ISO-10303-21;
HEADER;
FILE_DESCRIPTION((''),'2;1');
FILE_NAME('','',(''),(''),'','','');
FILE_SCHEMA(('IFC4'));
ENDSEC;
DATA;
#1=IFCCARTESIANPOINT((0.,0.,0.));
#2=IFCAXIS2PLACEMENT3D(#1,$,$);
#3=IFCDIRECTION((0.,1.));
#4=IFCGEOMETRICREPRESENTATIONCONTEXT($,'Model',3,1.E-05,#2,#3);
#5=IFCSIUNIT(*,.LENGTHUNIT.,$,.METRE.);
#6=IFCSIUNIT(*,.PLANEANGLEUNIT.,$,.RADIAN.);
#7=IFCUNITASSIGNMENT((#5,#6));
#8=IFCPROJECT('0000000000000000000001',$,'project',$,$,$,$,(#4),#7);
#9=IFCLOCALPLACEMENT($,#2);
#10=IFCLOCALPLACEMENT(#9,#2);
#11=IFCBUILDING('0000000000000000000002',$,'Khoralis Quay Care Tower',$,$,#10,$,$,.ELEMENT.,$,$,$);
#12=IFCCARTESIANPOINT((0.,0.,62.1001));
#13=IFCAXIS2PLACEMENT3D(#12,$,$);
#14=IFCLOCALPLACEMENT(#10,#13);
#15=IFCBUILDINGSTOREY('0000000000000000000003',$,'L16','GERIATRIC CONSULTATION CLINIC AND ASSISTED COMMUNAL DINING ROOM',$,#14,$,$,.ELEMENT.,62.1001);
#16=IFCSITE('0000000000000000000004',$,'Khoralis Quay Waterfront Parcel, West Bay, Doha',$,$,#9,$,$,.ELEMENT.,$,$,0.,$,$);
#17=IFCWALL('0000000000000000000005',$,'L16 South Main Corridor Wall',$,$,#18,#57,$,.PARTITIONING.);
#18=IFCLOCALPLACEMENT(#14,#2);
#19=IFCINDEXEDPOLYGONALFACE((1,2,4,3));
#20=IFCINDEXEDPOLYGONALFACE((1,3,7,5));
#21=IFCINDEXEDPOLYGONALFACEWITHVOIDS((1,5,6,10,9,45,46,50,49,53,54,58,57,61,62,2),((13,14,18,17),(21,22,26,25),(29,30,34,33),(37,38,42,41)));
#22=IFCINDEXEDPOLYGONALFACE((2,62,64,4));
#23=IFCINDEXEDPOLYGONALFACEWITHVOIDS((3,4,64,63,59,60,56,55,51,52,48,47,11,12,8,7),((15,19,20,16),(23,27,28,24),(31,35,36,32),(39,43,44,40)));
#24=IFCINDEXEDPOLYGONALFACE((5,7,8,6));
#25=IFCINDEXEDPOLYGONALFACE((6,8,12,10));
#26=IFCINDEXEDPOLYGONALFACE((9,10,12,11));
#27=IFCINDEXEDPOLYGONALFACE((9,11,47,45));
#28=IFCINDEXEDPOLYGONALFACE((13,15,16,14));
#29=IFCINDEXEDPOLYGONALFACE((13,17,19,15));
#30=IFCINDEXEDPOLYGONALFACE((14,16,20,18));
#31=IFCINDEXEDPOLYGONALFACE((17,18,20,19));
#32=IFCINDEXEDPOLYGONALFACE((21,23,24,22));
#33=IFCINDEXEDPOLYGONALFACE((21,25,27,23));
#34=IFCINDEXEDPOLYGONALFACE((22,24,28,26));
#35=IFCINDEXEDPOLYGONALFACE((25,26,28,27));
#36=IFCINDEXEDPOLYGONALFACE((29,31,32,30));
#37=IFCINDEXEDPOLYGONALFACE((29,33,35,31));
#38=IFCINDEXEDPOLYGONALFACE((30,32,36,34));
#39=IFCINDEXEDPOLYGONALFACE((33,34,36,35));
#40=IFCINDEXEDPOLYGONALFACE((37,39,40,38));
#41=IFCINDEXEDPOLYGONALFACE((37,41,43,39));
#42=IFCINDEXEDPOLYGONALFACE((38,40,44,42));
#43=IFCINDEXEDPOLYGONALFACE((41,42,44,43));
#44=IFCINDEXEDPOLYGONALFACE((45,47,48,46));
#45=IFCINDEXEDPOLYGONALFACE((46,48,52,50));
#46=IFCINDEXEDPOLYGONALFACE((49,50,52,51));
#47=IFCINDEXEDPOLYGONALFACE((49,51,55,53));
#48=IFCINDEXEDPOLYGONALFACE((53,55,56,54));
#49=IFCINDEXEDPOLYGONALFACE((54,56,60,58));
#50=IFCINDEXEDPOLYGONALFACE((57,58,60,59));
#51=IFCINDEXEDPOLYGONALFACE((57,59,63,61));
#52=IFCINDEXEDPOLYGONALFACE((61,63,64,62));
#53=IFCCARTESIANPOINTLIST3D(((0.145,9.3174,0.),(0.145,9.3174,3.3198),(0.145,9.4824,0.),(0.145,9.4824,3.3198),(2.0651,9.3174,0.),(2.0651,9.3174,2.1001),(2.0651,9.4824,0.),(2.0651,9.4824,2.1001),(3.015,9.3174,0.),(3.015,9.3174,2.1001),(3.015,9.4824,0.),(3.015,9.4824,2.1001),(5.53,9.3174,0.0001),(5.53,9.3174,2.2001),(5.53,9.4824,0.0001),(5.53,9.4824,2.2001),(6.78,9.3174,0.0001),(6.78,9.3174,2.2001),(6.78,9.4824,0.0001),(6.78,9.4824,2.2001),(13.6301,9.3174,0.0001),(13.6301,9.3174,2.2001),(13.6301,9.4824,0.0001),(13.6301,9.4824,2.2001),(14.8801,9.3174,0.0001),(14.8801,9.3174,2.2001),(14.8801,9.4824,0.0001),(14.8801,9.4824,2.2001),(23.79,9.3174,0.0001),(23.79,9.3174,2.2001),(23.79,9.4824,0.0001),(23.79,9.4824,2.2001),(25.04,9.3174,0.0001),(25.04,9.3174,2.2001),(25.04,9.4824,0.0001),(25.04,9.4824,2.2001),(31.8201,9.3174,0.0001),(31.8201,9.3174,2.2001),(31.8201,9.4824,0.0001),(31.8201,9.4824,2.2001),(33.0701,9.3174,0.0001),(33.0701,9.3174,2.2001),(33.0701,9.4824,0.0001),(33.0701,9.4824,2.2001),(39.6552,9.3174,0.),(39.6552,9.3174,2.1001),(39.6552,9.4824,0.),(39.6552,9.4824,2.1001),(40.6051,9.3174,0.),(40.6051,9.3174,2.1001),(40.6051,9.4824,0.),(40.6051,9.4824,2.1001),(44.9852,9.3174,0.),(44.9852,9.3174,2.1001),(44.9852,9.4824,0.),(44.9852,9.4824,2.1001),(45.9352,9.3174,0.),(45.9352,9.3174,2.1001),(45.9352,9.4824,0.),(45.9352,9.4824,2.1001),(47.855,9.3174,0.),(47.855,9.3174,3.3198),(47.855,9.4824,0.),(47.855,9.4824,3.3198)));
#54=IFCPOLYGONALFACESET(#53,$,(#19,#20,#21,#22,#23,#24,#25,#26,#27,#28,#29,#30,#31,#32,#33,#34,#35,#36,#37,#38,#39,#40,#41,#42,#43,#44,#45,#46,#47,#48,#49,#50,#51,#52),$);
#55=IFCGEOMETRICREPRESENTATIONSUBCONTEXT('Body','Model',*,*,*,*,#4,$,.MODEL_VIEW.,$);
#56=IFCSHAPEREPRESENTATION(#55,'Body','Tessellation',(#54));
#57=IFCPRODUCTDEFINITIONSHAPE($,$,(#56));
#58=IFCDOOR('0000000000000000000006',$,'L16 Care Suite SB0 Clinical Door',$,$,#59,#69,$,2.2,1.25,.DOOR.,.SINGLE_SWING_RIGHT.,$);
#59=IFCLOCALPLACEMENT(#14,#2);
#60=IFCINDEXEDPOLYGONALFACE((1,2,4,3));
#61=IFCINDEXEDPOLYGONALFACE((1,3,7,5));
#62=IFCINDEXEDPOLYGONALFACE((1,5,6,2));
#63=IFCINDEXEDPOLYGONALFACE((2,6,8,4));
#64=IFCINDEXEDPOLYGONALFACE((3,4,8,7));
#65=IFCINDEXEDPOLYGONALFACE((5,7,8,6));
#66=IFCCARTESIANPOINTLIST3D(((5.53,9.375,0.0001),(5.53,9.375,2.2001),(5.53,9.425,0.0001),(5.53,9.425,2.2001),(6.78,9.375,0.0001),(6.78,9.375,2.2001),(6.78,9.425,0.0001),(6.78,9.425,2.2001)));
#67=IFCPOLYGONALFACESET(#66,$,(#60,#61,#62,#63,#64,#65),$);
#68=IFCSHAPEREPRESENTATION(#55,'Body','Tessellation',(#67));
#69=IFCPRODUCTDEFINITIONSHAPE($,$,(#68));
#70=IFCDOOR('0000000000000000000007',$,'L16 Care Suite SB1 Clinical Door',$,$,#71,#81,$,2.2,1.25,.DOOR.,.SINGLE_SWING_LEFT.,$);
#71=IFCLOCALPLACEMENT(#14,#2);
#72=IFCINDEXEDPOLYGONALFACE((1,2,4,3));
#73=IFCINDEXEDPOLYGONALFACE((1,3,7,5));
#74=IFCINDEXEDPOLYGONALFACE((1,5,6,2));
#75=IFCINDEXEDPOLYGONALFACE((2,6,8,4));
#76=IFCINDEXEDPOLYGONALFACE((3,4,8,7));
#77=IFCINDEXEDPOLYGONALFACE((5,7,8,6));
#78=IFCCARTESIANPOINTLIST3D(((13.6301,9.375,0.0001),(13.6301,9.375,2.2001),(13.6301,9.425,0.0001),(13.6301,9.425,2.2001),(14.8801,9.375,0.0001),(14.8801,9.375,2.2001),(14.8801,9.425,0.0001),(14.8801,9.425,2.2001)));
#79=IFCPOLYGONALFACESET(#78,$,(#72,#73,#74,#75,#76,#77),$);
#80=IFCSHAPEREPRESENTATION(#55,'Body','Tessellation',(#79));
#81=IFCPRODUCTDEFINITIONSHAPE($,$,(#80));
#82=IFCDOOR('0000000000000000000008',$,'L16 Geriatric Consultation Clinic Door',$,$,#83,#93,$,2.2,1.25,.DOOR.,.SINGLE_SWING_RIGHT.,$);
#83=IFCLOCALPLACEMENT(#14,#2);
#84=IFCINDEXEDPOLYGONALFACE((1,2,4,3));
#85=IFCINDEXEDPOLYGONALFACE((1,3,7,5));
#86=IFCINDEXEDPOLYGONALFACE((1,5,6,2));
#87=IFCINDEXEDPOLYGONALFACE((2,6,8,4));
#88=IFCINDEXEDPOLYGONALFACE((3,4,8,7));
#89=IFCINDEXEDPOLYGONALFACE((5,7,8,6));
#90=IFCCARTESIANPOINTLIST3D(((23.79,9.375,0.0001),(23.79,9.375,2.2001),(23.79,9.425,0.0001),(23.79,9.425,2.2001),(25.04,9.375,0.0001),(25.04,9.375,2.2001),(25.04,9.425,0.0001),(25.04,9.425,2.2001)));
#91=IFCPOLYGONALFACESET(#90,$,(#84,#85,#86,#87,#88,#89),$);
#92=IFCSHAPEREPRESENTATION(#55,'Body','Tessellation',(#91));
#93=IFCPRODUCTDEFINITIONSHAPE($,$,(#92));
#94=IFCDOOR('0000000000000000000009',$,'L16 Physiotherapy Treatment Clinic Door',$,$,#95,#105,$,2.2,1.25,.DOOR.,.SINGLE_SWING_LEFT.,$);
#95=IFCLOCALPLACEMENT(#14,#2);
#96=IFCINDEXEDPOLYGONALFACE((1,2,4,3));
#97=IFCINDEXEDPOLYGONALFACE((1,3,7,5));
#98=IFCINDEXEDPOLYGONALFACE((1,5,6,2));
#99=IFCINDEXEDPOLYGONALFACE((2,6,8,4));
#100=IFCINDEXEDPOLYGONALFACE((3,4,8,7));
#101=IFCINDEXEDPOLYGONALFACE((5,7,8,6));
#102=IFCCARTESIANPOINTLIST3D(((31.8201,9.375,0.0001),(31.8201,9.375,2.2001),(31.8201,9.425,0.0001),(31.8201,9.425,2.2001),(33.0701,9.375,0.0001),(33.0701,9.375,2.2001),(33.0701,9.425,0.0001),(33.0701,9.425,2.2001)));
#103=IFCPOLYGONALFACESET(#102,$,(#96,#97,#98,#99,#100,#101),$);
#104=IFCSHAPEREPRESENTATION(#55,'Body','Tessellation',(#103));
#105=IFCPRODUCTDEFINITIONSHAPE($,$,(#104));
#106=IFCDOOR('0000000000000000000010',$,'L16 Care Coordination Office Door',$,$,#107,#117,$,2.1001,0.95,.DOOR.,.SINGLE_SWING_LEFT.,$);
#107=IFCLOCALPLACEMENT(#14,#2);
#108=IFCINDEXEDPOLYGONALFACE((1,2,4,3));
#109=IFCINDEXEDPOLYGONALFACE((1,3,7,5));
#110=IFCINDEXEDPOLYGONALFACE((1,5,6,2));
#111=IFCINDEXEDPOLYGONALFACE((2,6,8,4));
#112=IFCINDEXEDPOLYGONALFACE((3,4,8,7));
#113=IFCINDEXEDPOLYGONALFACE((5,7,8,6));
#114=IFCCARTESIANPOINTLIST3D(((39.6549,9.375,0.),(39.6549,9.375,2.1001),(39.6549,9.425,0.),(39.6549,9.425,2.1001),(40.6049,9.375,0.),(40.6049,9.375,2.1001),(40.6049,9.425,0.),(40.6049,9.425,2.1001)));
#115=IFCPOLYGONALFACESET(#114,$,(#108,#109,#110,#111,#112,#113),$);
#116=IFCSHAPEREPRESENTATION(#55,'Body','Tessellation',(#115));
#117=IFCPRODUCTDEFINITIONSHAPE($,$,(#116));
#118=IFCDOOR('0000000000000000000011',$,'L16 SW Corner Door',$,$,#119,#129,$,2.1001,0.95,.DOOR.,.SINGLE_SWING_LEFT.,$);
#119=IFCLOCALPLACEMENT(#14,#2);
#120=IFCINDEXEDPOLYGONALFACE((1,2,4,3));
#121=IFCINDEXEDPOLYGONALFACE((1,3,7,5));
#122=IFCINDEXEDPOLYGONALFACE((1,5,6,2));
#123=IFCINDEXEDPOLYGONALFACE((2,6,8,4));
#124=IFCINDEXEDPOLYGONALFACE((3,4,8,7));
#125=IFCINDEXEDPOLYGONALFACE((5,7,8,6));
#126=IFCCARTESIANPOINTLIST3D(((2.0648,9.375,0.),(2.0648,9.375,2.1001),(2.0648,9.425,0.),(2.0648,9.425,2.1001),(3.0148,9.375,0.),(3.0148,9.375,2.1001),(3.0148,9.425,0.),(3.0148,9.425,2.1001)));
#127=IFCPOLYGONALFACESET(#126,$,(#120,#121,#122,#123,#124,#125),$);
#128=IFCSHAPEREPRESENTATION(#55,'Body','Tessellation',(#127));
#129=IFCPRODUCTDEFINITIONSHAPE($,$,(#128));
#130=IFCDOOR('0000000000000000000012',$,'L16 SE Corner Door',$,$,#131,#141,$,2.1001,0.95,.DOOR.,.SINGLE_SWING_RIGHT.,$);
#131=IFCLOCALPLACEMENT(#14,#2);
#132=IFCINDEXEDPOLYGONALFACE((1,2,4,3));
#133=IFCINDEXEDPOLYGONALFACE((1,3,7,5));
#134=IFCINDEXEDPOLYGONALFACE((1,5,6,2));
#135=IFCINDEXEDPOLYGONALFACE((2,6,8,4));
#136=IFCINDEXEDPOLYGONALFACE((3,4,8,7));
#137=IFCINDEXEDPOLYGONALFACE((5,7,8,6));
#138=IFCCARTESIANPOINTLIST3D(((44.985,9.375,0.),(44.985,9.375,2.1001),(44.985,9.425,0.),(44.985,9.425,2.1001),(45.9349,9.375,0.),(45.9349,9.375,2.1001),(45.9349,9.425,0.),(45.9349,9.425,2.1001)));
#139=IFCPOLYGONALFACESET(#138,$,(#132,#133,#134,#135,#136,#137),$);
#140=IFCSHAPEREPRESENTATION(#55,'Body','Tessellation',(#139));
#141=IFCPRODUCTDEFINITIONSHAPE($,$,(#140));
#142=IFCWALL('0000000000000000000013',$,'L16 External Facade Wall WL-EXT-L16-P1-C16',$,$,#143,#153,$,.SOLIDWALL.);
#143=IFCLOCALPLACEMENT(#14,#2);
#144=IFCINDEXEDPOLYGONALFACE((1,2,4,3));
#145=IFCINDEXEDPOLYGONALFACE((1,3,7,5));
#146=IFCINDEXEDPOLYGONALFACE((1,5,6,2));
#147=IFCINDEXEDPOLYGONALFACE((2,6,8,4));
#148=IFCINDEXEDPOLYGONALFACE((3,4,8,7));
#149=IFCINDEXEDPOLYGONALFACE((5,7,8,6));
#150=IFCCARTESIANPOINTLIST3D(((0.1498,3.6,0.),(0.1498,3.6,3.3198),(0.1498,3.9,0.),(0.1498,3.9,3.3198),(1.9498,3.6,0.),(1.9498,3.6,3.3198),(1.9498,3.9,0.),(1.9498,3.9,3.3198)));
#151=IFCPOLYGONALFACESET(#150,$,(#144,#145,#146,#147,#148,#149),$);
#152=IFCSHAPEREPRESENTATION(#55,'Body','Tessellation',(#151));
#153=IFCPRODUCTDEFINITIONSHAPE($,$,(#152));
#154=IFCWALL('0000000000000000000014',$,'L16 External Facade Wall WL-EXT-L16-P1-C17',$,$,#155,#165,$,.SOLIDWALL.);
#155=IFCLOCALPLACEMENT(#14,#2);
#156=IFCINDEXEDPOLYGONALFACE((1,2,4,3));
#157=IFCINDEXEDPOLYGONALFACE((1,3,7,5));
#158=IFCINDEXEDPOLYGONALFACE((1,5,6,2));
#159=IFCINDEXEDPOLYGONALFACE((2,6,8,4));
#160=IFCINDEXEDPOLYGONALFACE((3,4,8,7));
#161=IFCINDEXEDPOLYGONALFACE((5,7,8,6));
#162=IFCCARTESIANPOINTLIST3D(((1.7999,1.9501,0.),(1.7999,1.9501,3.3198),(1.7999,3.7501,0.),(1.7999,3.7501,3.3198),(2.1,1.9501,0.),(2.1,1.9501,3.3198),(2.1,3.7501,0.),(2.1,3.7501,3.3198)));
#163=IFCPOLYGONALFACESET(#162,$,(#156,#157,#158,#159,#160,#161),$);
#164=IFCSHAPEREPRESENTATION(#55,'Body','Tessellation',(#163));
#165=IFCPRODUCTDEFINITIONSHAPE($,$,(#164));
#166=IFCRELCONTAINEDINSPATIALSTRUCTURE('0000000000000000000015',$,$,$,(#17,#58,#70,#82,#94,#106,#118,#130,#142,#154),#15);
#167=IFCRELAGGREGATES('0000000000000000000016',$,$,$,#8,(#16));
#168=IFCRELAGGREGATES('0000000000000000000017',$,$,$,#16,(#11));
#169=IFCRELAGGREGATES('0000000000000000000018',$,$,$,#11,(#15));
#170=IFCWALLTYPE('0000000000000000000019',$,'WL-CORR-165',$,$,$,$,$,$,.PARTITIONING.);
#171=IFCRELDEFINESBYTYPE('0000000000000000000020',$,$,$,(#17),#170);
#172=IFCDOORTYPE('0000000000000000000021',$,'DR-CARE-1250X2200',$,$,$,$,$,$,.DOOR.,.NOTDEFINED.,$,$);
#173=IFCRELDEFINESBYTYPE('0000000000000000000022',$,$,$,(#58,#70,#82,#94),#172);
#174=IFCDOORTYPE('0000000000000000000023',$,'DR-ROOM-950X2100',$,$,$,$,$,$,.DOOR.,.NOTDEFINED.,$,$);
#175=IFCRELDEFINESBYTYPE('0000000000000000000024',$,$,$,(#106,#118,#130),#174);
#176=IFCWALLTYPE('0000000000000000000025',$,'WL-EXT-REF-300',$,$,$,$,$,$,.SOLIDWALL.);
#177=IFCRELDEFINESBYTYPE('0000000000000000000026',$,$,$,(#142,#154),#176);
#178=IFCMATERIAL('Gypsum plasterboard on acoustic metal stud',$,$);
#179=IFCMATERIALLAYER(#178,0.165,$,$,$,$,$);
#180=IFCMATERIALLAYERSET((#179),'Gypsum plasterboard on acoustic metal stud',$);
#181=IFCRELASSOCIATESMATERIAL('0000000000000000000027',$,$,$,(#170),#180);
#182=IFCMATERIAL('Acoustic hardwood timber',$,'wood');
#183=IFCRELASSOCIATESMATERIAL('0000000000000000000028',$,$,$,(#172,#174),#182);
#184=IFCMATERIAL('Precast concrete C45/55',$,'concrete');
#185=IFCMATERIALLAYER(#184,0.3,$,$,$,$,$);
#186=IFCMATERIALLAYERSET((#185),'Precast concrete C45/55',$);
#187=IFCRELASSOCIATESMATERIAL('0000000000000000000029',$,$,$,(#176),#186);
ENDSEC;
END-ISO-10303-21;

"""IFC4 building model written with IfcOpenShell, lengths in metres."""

from ifc_helpers import new_model, si_unit, direction, frame, frame_2d, origin, place, context, subcontext, project, spatial, rectangle, extrude, source, transform, mapped, material, layer, layer_set, type_object, element, fill, save


model = new_model("IFC4")

# Units and contexts
model_context = context("Model", 3, precision=1e-05, world=origin(), true_north=direction((0.0, 1.0)))
body_context = subcontext(model_context, "Body", "Model", "MODEL_VIEW")
ifc_project = project(units=[si_unit("LENGTHUNIT", "METRE"), si_unit("PLANEANGLEUNIT", "RADIAN")], contexts=[model_context])

# Site, building, storey
site_placement = place(None, origin())
site = spatial("IfcSite", under=ifc_project, at=site_placement, Name="Khoralis Quay Waterfront Parcel, West Bay, Doha", CompositionType="ELEMENT", RefElevation=0.0)
building_placement = place(site_placement, origin())
building = spatial("IfcBuilding", under=site, at=building_placement, Name="Khoralis Quay Care Tower", CompositionType="ELEMENT")
storey_placement = place(building_placement, frame((0.0, 0.0, 62.1001)))
storey = spatial("IfcBuildingStorey", under=building, at=storey_placement, Name="L16", Description="GERIATRIC CONSULTATION CLINIC AND ASSISTED COMMUNAL DINING ROOM", CompositionType="ELEMENT", Elevation=62.1001)

# Wall, openings, doors
ifc_material_1 = material(Name="Gypsum plasterboard on acoustic metal stud")
ifc_layer_1 = layer(ifc_material_1, 0.165)
ifc_layer_set_1 = layer_set([ifc_layer_1], Name="Gypsum plasterboard on acoustic metal stud")
wall_type_1 = type_object("IfcWallType", Name="WL-CORR-165", PredefinedType="PARTITIONING", material=ifc_layer_set_1)
wall_1_placement = place(storey_placement, frame((0.145, 9.3999, 0.0), z_axis=(0.0, 0.0, 1.0), x_axis=(1.0, 0.0, 0.0)))
wall_1 = element("IfcWall", 1, at=wall_1_placement, inside=storey, type_object=wall_type_1, Name="L16 South Main Corridor Wall", PredefinedType="PARTITIONING", context=body_context, shape_type="SweptSolid", body=[
    extrude(rectangle(XDim=47.71, YDim=0.165, at=frame_2d((23.855, 0.0))), origin(), (0.0, 0.0, 1.0), 3.3198),
])
opening_1_placement = place(wall_1_placement, frame((5.385, 0.0, 0.0)))
opening_1 = element("IfcOpeningElement", 2, at=opening_1_placement, cuts=wall_1, PredefinedType="OPENING", context=body_context, shape_type="SweptSolid", body=[
    extrude(rectangle(XDim=1.25, YDim=2.2, at=frame_2d((0.625, 1.1001))), frame((0.0, 0.0925, 0.0), z_axis=(0.0, -1.0, 0.0), x_axis=(1.0, 0.0, 0.0)), (0.0, 0.0, 1.0), 0.1851),
])
opening_2_placement = place(wall_1_placement, frame((13.4851, 0.0, 0.0)))
opening_2 = element("IfcOpeningElement", 3, at=opening_2_placement, cuts=wall_1, PredefinedType="OPENING", context=body_context, shape_type="SweptSolid", body=[
    extrude(rectangle(XDim=1.25, YDim=2.2, at=frame_2d((0.625, 1.1001))), frame((0.0, 0.0925, 0.0), z_axis=(0.0, -1.0, 0.0), x_axis=(1.0, 0.0, 0.0)), (0.0, 0.0, 1.0), 0.1851),
])
opening_3_placement = place(wall_1_placement, frame((23.645, 0.0, 0.0)))
opening_3 = element("IfcOpeningElement", 4, at=opening_3_placement, cuts=wall_1, PredefinedType="OPENING", context=body_context, shape_type="SweptSolid", body=[
    extrude(rectangle(XDim=1.25, YDim=2.2, at=frame_2d((0.625, 1.1001))), frame((0.0, 0.0925, 0.0), z_axis=(0.0, -1.0, 0.0), x_axis=(1.0, 0.0, 0.0)), (0.0, 0.0, 1.0), 0.1851),
])
opening_4_placement = place(wall_1_placement, frame((31.675, 0.0, 0.0)))
opening_4 = element("IfcOpeningElement", 5, at=opening_4_placement, cuts=wall_1, PredefinedType="OPENING", context=body_context, shape_type="SweptSolid", body=[
    extrude(rectangle(XDim=1.25, YDim=2.2, at=frame_2d((0.625, 1.1001))), frame((0.0, 0.0925, 0.0), z_axis=(0.0, -1.0, 0.0), x_axis=(1.0, 0.0, 0.0)), (0.0, 0.0, 1.0), 0.1851),
])
opening_5_placement = place(wall_1_placement, frame((39.51, 0.0, 0.0)))
opening_5 = element("IfcOpeningElement", 6, at=opening_5_placement, cuts=wall_1, PredefinedType="OPENING", context=body_context, shape_type="SweptSolid", body=[
    extrude(rectangle(XDim=0.95, YDim=2.1001, at=frame_2d((0.4751, 1.05))), frame((0.0, 0.0925, 0.0), z_axis=(0.0, -1.0, 0.0), x_axis=(1.0, 0.0, 0.0)), (0.0, 0.0, 1.0), 0.1851),
])
opening_6_placement = place(wall_1_placement, frame((1.9199, 0.0, 0.0)))
opening_6 = element("IfcOpeningElement", 7, at=opening_6_placement, cuts=wall_1, PredefinedType="OPENING", context=body_context, shape_type="SweptSolid", body=[
    extrude(rectangle(XDim=0.95, YDim=2.1001, at=frame_2d((0.4751, 1.05))), frame((0.0, 0.0925, 0.0), z_axis=(0.0, -1.0, 0.0), x_axis=(1.0, 0.0, 0.0)), (0.0, 0.0, 1.0), 0.1851),
])
opening_7_placement = place(wall_1_placement, frame((44.8401, 0.0, 0.0)))
opening_7 = element("IfcOpeningElement", 8, at=opening_7_placement, cuts=wall_1, PredefinedType="OPENING", context=body_context, shape_type="SweptSolid", body=[
    extrude(rectangle(XDim=0.95, YDim=2.1001, at=frame_2d((0.4751, 1.05))), frame((0.0, 0.0925, 0.0), z_axis=(0.0, -1.0, 0.0), x_axis=(1.0, 0.0, 0.0)), (0.0, 0.0, 1.0), 0.1851),
])
ifc_material_2 = material(Name="Acoustic hardwood timber", Category="wood")
door_type_1 = type_object("IfcDoorType", Name="DR-CARE-1250X2200", OperationType="NOTDEFINED", PredefinedType="DOOR", material=ifc_material_2)
shared_shape_1 = source(origin(), body_context, "Body", "SweptSolid", [
    extrude(rectangle(XDim=1.25, YDim=2.2, at=frame_2d((0.625, 1.1001))), frame((0.0, 0.0249, 0.0), z_axis=(0.0, -1.0, 0.0), x_axis=(1.0, 0.0, 0.0)), (0.0, 0.0, 1.0), 0.05),
])
door_1_placement = place(opening_1_placement, frame((1.25, 0.0, 0.0), z_axis=(0.0, 0.0, 1.0), x_axis=(-1.0, 0.0, 0.0)))
door_1 = element("IfcDoor", 9, at=door_1_placement, inside=storey, type_object=door_type_1, Name="L16 Care Suite SB0 Clinical Door", OperationType="SINGLE_SWING_RIGHT", OverallHeight=2.2, OverallWidth=1.25, PredefinedType="DOOR", context=body_context, shape_type="MappedRepresentation", body=[
    mapped(shared_shape_1, transform((0.0, 0.0, 0.0), scale=1.0)),
])
fill(opening_1, door_1)
door_2_placement = place(opening_2_placement, frame((1.25, 0.0, 0.0), z_axis=(0.0, 0.0, 1.0), x_axis=(-1.0, 0.0, 0.0)))
door_2 = element("IfcDoor", 10, at=door_2_placement, inside=storey, type_object=door_type_1, Name="L16 Care Suite SB1 Clinical Door", OperationType="SINGLE_SWING_LEFT", OverallHeight=2.2, OverallWidth=1.25, PredefinedType="DOOR", context=body_context, shape_type="MappedRepresentation", body=[
    mapped(shared_shape_1, transform((0.0, 0.0, 0.0), scale=1.0)),
])
fill(opening_2, door_2)
door_3_placement = place(opening_3_placement, frame((1.25, 0.0, 0.0), z_axis=(0.0, 0.0, 1.0), x_axis=(-1.0, 0.0, 0.0)))
door_3 = element("IfcDoor", 11, at=door_3_placement, inside=storey, type_object=door_type_1, Name="L16 Geriatric Consultation Clinic Door", OperationType="SINGLE_SWING_RIGHT", OverallHeight=2.2, OverallWidth=1.25, PredefinedType="DOOR", context=body_context, shape_type="MappedRepresentation", body=[
    mapped(shared_shape_1, transform((0.0, 0.0, 0.0), scale=1.0)),
])
fill(opening_3, door_3)
door_4_placement = place(opening_4_placement, frame((1.25, 0.0, 0.0), z_axis=(0.0, 0.0, 1.0), x_axis=(-1.0, 0.0, 0.0)))
door_4 = element("IfcDoor", 12, at=door_4_placement, inside=storey, type_object=door_type_1, Name="L16 Physiotherapy Treatment Clinic Door", OperationType="SINGLE_SWING_LEFT", OverallHeight=2.2, OverallWidth=1.25, PredefinedType="DOOR", context=body_context, shape_type="MappedRepresentation", body=[
    mapped(shared_shape_1, transform((0.0, 0.0, 0.0), scale=1.0)),
])
fill(opening_4, door_4)
door_type_2 = type_object("IfcDoorType", Name="DR-ROOM-950X2100", OperationType="NOTDEFINED", PredefinedType="DOOR", material=ifc_material_2)
shared_shape_2 = source(origin(), body_context, "Body", "SweptSolid", [
    extrude(rectangle(XDim=0.95, YDim=2.1001, at=frame_2d((0.4751, 1.05))), frame((0.0, 0.0249, 0.0), z_axis=(0.0, -1.0, 0.0), x_axis=(1.0, 0.0, 0.0)), (0.0, 0.0, 1.0), 0.05),
])
door_5_placement = place(opening_5_placement, frame((0.95, 0.0, 0.0), z_axis=(0.0, 0.0, 1.0), x_axis=(-1.0, 0.0, 0.0)))
door_5 = element("IfcDoor", 13, at=door_5_placement, inside=storey, type_object=door_type_2, Name="L16 Care Coordination Office Door", OperationType="SINGLE_SWING_LEFT", OverallHeight=2.1001, OverallWidth=0.95, PredefinedType="DOOR", context=body_context, shape_type="MappedRepresentation", body=[
    mapped(shared_shape_2, transform((0.0, 0.0, 0.0), scale=1.0)),
])
fill(opening_5, door_5)
door_6_placement = place(opening_6_placement, frame((0.95, 0.0, 0.0), z_axis=(0.0, 0.0, 1.0), x_axis=(-1.0, 0.0, 0.0)))
door_6 = element("IfcDoor", 14, at=door_6_placement, inside=storey, type_object=door_type_2, Name="L16 SW Corner Door", OperationType="SINGLE_SWING_LEFT", OverallHeight=2.1001, OverallWidth=0.95, PredefinedType="DOOR", context=body_context, shape_type="MappedRepresentation", body=[
    mapped(shared_shape_2, transform((0.0, 0.0, 0.0), scale=1.0)),
])
fill(opening_6, door_6)
door_7_placement = place(opening_7_placement, frame((0.95, 0.0, 0.0), z_axis=(0.0, 0.0, 1.0), x_axis=(-1.0, 0.0, 0.0)))
door_7 = element("IfcDoor", 15, at=door_7_placement, inside=storey, type_object=door_type_2, Name="L16 SE Corner Door", OperationType="SINGLE_SWING_RIGHT", OverallHeight=2.1001, OverallWidth=0.95, PredefinedType="DOOR", context=body_context, shape_type="MappedRepresentation", body=[
    mapped(shared_shape_2, transform((0.0, 0.0, 0.0), scale=1.0)),
])
fill(opening_7, door_7)

# Walls
ifc_material_3 = material(Name="Precast concrete C45/55", Category="concrete")
ifc_layer_2 = layer(ifc_material_3, 0.3)
ifc_layer_set_2 = layer_set([ifc_layer_2], Name="Precast concrete C45/55")
wall_type_2 = type_object("IfcWallType", Name="WL-EXT-REF-300", PredefinedType="SOLIDWALL", material=ifc_layer_set_2)
for number, where, z_axis, x_axis, name in (
    (16, (0.1499, 3.75, 0.0), (0.0, 0.0, 1.0), (1.0, 0.0, 0.0), "L16 External Facade Wall WL-EXT-L16-P1-C16"),
    (17, (1.95, 3.75, 0.0), (0.0, 0.0, 1.0), (0.0, -1.0, 0.0), "L16 External Facade Wall WL-EXT-L16-P1-C17"),
):
    element("IfcWall", number, at=place(storey_placement, frame(where, z_axis=z_axis, x_axis=x_axis)), inside=storey, type_object=wall_type_2, Name=name, PredefinedType="SOLIDWALL", context=body_context, shape_type="SweptSolid", body=[
        extrude(rectangle(XDim=1.8, YDim=0.3, at=frame_2d((0.8999, 0.0))), origin(), (0.0, 0.0, 1.0), 3.3198),
    ])

save(model, "model.ifc")
